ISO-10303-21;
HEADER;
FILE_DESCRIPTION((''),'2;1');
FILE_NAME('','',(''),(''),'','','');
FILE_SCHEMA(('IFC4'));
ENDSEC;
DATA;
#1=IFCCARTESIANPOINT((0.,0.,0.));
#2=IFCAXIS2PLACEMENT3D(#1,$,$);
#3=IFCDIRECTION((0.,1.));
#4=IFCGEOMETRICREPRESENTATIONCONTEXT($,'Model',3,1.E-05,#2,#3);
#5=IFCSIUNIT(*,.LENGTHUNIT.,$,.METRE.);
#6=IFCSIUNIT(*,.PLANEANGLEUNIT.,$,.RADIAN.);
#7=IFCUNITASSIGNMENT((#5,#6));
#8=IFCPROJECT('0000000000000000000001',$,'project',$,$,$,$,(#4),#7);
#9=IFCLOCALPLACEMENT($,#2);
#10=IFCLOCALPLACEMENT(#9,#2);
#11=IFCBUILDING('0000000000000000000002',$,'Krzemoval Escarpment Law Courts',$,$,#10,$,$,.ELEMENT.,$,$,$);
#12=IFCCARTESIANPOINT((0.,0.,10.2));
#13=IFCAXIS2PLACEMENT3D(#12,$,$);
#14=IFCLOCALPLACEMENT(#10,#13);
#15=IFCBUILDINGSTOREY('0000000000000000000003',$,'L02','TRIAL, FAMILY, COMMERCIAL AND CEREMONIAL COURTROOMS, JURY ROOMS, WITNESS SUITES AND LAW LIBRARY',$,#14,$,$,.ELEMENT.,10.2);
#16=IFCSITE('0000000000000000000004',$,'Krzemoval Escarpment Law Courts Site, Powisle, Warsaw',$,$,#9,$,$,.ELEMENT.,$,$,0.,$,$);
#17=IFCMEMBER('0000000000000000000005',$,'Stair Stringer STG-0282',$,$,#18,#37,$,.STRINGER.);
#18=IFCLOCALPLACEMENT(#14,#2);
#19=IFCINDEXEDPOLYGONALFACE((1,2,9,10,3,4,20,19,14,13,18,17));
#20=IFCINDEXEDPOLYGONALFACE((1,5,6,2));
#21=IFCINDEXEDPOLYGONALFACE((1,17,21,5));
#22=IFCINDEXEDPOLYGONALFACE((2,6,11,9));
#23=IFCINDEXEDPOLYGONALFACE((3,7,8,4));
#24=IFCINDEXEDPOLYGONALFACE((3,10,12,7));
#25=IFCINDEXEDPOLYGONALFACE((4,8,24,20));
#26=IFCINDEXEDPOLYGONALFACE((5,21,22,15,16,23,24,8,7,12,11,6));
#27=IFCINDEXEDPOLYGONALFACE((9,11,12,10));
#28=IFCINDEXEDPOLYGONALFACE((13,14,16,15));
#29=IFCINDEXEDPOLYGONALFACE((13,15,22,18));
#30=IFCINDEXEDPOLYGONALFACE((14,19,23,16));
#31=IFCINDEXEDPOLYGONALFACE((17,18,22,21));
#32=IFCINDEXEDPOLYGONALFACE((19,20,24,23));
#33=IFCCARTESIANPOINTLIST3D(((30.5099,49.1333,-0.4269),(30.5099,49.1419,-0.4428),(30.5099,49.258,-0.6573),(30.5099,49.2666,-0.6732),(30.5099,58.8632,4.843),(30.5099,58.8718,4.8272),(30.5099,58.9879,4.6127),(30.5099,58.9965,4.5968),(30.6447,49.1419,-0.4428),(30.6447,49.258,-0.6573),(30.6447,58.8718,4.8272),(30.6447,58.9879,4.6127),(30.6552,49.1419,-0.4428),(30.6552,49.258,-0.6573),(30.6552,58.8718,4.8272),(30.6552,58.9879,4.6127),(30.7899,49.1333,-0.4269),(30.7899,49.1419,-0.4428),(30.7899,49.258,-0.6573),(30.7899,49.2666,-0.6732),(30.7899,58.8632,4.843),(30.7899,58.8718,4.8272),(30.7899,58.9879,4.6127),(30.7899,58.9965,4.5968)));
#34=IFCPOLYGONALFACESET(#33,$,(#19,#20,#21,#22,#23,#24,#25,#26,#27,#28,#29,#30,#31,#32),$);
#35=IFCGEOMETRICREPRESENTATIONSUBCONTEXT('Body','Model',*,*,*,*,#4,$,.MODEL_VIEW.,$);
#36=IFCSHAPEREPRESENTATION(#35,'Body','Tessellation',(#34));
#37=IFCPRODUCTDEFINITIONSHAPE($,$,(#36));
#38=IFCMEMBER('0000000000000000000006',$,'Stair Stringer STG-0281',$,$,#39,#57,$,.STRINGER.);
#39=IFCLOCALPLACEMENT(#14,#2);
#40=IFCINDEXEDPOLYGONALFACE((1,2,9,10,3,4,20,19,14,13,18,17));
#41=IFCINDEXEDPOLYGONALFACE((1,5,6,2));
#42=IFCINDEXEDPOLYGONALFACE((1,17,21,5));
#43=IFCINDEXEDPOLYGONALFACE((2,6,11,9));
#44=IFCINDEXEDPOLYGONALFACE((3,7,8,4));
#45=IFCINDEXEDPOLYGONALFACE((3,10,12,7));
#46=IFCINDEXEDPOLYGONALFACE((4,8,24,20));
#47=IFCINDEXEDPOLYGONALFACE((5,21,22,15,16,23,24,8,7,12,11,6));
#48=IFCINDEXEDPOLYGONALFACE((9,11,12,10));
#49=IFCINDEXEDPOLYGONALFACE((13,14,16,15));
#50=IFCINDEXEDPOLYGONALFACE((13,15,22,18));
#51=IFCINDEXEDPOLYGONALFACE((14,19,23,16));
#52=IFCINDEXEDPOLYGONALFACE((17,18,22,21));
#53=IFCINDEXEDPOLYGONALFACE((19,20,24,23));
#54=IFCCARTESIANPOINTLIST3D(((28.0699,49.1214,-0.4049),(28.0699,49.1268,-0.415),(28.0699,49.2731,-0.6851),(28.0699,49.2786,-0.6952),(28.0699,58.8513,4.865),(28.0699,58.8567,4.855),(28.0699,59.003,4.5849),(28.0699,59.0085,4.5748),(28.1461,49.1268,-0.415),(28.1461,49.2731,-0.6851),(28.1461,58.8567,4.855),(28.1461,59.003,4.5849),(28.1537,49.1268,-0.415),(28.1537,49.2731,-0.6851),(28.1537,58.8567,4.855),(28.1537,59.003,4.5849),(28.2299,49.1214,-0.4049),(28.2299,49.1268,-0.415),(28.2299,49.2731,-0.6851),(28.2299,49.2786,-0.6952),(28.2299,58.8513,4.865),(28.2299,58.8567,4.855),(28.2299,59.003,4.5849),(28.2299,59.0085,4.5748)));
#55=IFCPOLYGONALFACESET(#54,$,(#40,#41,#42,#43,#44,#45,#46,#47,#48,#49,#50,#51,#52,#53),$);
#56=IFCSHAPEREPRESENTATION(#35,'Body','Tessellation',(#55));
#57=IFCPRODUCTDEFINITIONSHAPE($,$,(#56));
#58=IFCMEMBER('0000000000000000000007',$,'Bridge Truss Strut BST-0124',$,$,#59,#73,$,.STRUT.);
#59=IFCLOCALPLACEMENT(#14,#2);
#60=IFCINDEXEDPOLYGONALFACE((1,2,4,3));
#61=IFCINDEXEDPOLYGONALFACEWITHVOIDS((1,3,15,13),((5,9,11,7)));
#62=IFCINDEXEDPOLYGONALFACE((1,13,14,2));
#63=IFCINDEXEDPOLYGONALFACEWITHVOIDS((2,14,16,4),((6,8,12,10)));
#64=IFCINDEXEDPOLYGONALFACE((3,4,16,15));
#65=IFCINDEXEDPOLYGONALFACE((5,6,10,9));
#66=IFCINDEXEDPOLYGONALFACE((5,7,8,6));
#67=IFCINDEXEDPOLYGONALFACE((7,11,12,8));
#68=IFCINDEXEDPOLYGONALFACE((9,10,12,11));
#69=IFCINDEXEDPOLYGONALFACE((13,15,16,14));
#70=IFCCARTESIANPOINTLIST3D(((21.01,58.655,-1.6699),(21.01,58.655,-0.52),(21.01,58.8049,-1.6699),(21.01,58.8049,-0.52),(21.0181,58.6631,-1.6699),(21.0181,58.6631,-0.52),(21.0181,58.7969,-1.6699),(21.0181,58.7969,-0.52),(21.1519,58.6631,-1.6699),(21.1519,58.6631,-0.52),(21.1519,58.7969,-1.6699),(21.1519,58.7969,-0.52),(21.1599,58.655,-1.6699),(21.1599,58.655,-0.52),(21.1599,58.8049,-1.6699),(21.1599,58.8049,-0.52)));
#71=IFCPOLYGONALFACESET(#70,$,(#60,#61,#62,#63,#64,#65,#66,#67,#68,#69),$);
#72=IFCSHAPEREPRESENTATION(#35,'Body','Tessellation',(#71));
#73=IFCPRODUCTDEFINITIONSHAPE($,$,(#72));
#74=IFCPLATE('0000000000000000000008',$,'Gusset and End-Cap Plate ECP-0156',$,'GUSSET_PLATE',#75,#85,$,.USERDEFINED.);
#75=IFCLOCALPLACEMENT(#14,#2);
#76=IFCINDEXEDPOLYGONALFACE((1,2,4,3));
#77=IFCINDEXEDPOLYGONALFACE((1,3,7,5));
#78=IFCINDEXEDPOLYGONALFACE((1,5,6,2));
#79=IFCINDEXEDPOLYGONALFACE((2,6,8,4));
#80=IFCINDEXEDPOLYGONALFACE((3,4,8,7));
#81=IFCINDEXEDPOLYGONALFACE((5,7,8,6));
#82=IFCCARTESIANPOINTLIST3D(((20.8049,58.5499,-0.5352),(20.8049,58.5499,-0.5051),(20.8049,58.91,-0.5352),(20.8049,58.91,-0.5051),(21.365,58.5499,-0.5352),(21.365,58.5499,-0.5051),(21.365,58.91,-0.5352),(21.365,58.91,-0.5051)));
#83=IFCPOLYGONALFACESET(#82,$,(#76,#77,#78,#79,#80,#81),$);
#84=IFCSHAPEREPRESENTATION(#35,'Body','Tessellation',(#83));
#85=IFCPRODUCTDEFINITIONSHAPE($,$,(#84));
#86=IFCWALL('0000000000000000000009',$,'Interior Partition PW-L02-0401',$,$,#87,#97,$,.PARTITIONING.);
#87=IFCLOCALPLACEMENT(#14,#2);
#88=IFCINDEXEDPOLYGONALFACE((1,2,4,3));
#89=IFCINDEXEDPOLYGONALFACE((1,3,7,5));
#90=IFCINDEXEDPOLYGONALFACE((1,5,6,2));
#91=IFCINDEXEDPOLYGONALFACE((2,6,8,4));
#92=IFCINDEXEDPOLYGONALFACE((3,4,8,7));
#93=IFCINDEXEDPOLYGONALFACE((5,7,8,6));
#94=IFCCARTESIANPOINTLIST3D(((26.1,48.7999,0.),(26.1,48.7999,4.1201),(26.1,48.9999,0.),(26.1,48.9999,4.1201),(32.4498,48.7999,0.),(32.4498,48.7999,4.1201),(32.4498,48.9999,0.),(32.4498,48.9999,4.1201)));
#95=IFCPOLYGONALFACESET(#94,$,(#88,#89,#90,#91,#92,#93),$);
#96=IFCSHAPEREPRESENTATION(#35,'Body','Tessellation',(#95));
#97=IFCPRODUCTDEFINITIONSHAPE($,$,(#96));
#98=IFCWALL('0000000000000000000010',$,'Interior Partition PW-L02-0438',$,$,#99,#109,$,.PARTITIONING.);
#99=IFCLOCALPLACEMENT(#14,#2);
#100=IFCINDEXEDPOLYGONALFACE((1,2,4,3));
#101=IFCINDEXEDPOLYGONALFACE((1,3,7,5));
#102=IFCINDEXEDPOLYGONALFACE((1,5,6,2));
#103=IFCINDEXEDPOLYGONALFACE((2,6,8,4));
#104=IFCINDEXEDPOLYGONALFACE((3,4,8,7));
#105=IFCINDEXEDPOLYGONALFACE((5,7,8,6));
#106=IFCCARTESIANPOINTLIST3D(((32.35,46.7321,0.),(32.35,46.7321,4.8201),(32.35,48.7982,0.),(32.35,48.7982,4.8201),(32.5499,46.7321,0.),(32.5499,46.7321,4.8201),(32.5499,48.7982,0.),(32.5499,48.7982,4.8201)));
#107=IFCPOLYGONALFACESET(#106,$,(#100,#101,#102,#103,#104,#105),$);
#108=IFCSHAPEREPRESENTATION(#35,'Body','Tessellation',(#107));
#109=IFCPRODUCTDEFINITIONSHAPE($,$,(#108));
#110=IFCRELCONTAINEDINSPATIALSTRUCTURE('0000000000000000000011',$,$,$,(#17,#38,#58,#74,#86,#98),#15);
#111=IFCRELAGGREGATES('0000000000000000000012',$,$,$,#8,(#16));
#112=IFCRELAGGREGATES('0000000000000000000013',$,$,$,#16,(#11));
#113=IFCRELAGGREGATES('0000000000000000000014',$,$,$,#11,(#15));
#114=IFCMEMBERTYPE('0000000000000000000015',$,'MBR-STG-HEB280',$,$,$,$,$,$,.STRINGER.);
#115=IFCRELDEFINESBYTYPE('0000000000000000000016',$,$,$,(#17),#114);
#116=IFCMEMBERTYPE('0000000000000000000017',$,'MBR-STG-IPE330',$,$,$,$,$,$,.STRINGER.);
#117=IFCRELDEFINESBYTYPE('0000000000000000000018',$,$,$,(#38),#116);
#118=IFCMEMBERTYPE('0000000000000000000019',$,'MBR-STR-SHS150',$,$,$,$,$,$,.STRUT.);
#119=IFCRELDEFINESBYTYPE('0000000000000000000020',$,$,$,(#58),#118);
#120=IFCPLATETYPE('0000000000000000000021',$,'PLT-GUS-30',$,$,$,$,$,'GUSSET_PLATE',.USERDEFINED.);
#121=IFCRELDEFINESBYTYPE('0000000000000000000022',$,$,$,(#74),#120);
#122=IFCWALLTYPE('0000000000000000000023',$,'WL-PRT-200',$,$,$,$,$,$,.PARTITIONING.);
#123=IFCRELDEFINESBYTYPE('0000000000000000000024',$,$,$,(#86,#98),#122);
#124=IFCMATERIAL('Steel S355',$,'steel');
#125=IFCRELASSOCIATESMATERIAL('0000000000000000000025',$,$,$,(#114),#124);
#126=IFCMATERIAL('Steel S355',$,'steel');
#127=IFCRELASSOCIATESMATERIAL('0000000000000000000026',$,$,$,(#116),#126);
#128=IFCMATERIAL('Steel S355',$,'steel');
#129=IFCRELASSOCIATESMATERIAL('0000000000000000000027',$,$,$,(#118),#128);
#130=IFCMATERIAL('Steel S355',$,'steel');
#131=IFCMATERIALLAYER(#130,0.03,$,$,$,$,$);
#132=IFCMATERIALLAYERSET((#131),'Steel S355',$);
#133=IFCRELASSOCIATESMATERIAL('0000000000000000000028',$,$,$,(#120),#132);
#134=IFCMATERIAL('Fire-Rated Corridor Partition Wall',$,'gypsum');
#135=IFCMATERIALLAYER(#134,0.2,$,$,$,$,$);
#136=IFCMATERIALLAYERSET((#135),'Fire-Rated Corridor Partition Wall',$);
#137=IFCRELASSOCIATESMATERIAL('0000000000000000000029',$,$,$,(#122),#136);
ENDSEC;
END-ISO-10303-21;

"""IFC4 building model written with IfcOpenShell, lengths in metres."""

from ifc_helpers import new_model, si_unit, direction, frame, frame_2d, origin, origin_2d, place, context, subcontext, project, spatial, rectangle, hollow_rectangle, i_section, extrude, material, layer, layer_set, material_profile, profile_set, type_object, element, save


model = new_model("IFC4")

# Units and contexts
model_context = context("Model", 3, precision=1e-05, world=origin(), true_north=direction((0.0, 1.0)))
body_context = subcontext(model_context, "Body", "Model", "MODEL_VIEW")
ifc_project = project(units=[si_unit("LENGTHUNIT", "METRE"), si_unit("PLANEANGLEUNIT", "RADIAN")], contexts=[model_context])

# Site, building, storey
site_placement = place(None, origin())
site = spatial("IfcSite", under=ifc_project, at=site_placement, Name="Krzemoval Escarpment Law Courts Site, Powisle, Warsaw", CompositionType="ELEMENT", RefElevation=0.0)
building_placement = place(site_placement, origin())
building = spatial("IfcBuilding", under=site, at=building_placement, Name="Krzemoval Escarpment Law Courts", CompositionType="ELEMENT")
storey_placement = place(building_placement, frame((0.0, 0.0, 10.2)))
storey = spatial("IfcBuildingStorey", under=building, at=storey_placement, Name="L02", Description="TRIAL, FAMILY, COMMERCIAL AND CEREMONIAL COURTROOMS, JURY ROOMS, WITNESS SUITES AND LAW LIBRARY", CompositionType="ELEMENT", Elevation=10.2)

# Members
ifc_material_1 = material(Name="Steel S355", Category="steel")
ifc_material_profile_1 = material_profile(ifc_material_1, i_section(OverallWidth=0.28, OverallDepth=0.28, WebThickness=0.0105, FlangeThickness=0.0181, at=origin_2d()), Name="HEB 280")
ifc_profile_set_1 = profile_set([ifc_material_profile_1], Name="Steel S355")
member_type_1 = type_object("IfcMemberType", Name="MBR-STG-HEB280", PredefinedType="STRINGER", material=ifc_profile_set_1)
for number, where, z_axis, x_axis, name in (
    (1, (30.6499, 49.2, -0.55), (0.0, 0.879307, 0.476256), (-1.0, 0.0, 0.0), "Stair Stringer STG-0282"),
):
    element("IfcMember", number, at=place(storey_placement, frame(where, z_axis=z_axis, x_axis=x_axis)), inside=storey, type_object=member_type_1, Name=name, PredefinedType="STRINGER", context=body_context, shape_type="SweptSolid", body=[
        extrude(i_section(OverallWidth=0.28, OverallDepth=0.28, WebThickness=0.0105, FlangeThickness=0.0181, at=origin_2d()), origin(), (0.0, 0.0, 1.0), 11.0654),
    ])
ifc_material_2 = material(Name="Steel S355", Category="steel")
ifc_material_profile_2 = material_profile(ifc_material_2, i_section(OverallWidth=0.1599, OverallDepth=0.3301, WebThickness=0.0076, FlangeThickness=0.0115, at=origin_2d()), Name="IPE 330")
ifc_profile_set_2 = profile_set([ifc_material_profile_2], Name="Steel S355")
member_type_2 = type_object("IfcMemberType", Name="MBR-STG-IPE330", PredefinedType="STRINGER", material=ifc_profile_set_2)
member_1_placement = place(storey_placement, frame((28.1499, 49.2, -0.55), z_axis=(0.0, 0.879307, 0.476256), x_axis=(-1.0, 0.0, 0.0)))
element("IfcMember", 2, at=member_1_placement, inside=storey, type_object=member_type_2, Name="Stair Stringer STG-0281", PredefinedType="STRINGER", context=body_context, shape_type="SweptSolid", body=[
    extrude(i_section(OverallWidth=0.1599, OverallDepth=0.3301, WebThickness=0.0076, FlangeThickness=0.0115, at=origin_2d()), origin(), (0.0, 0.0, 1.0), 11.0654),
])
ifc_material_3 = material(Name="Steel S355", Category="steel")
ifc_material_profile_3 = material_profile(ifc_material_3, hollow_rectangle(XDim=0.1499, YDim=0.1499, WallThickness=0.0081, at=origin_2d()), Name="SHS 150x150x8")
ifc_profile_set_3 = profile_set([ifc_material_profile_3], Name="Steel S355")
member_type_3 = type_object("IfcMemberType", Name="MBR-STR-SHS150", PredefinedType="STRUT", material=ifc_profile_set_3)
member_2_placement = place(storey_placement, frame((21.085, 58.73, -1.6699), z_axis=(0.0, 0.0, 1.0), x_axis=(1.0, 0.0, 0.0)))
element("IfcMember", 3, at=member_2_placement, inside=storey, type_object=member_type_3, Name="Bridge Truss Strut BST-0124", PredefinedType="STRUT", context=body_context, shape_type="SweptSolid", body=[
    extrude(hollow_rectangle(XDim=0.1499, YDim=0.1499, WallThickness=0.0081, at=origin_2d()), origin(), (0.0, 0.0, 1.0), 1.1499),
])

# Plate
ifc_material_4 = material(Name="Steel S355", Category="steel")
ifc_layer_1 = layer(ifc_material_4, 0.03)
ifc_layer_set_1 = layer_set([ifc_layer_1], Name="Steel S355")
plate_type = type_object("IfcPlateType", Name="PLT-GUS-30", ElementType="GUSSET_PLATE", PredefinedType="USERDEFINED", material=ifc_layer_set_1)
plate_placement = place(storey_placement, frame((21.085, 58.73, -0.5352), z_axis=(0.0, 0.0, 1.0), x_axis=(1.0, 0.0, 0.0)))
element("IfcPlate", 4, at=plate_placement, inside=storey, type_object=plate_type, Name="Gusset and End-Cap Plate ECP-0156", ObjectType="GUSSET_PLATE", PredefinedType="USERDEFINED", context=body_context, shape_type="SweptSolid", body=[
    extrude(rectangle(XDim=0.5601, YDim=0.3601, at=origin_2d()), origin(), (0.0, 0.0, 1.0), 0.03),
])

# Walls
ifc_material_5 = material(Name="Fire-Rated Corridor Partition Wall", Category="gypsum")
ifc_layer_2 = layer(ifc_material_5, 0.2)
ifc_layer_set_2 = layer_set([ifc_layer_2], Name="Fire-Rated Corridor Partition Wall")
wall_type = type_object("IfcWallType", Name="WL-PRT-200", PredefinedType="PARTITIONING", material=ifc_layer_set_2)
wall_1_placement = place(storey_placement, frame((26.1001, 48.8999, 0.0), z_axis=(0.0, 0.0, 1.0), x_axis=(1.0, 0.0, 0.0)))
element("IfcWall", 5, at=wall_1_placement, inside=storey, type_object=wall_type, Name="Interior Partition PW-L02-0401", PredefinedType="PARTITIONING", context=body_context, shape_type="SweptSolid", body=[
    extrude(rectangle(XDim=6.3499, YDim=0.2, at=frame_2d((3.1748, 0.0))), origin(), (0.0, 0.0, 1.0), 4.1201),
])
wall_2_placement = place(storey_placement, frame((32.45, 46.7319, 0.0), z_axis=(0.0, 0.0, 1.0), x_axis=(0.0, 1.0, 0.0)))
element("IfcWall", 6, at=wall_2_placement, inside=storey, type_object=wall_type, Name="Interior Partition PW-L02-0438", PredefinedType="PARTITIONING", context=body_context, shape_type="SweptSolid", body=[
    extrude(rectangle(XDim=2.0662, YDim=0.2, at=frame_2d((1.0332, 0.0))), origin(), (0.0, 0.0, 1.0), 4.8201),
])

save(model, "model.ifc")
